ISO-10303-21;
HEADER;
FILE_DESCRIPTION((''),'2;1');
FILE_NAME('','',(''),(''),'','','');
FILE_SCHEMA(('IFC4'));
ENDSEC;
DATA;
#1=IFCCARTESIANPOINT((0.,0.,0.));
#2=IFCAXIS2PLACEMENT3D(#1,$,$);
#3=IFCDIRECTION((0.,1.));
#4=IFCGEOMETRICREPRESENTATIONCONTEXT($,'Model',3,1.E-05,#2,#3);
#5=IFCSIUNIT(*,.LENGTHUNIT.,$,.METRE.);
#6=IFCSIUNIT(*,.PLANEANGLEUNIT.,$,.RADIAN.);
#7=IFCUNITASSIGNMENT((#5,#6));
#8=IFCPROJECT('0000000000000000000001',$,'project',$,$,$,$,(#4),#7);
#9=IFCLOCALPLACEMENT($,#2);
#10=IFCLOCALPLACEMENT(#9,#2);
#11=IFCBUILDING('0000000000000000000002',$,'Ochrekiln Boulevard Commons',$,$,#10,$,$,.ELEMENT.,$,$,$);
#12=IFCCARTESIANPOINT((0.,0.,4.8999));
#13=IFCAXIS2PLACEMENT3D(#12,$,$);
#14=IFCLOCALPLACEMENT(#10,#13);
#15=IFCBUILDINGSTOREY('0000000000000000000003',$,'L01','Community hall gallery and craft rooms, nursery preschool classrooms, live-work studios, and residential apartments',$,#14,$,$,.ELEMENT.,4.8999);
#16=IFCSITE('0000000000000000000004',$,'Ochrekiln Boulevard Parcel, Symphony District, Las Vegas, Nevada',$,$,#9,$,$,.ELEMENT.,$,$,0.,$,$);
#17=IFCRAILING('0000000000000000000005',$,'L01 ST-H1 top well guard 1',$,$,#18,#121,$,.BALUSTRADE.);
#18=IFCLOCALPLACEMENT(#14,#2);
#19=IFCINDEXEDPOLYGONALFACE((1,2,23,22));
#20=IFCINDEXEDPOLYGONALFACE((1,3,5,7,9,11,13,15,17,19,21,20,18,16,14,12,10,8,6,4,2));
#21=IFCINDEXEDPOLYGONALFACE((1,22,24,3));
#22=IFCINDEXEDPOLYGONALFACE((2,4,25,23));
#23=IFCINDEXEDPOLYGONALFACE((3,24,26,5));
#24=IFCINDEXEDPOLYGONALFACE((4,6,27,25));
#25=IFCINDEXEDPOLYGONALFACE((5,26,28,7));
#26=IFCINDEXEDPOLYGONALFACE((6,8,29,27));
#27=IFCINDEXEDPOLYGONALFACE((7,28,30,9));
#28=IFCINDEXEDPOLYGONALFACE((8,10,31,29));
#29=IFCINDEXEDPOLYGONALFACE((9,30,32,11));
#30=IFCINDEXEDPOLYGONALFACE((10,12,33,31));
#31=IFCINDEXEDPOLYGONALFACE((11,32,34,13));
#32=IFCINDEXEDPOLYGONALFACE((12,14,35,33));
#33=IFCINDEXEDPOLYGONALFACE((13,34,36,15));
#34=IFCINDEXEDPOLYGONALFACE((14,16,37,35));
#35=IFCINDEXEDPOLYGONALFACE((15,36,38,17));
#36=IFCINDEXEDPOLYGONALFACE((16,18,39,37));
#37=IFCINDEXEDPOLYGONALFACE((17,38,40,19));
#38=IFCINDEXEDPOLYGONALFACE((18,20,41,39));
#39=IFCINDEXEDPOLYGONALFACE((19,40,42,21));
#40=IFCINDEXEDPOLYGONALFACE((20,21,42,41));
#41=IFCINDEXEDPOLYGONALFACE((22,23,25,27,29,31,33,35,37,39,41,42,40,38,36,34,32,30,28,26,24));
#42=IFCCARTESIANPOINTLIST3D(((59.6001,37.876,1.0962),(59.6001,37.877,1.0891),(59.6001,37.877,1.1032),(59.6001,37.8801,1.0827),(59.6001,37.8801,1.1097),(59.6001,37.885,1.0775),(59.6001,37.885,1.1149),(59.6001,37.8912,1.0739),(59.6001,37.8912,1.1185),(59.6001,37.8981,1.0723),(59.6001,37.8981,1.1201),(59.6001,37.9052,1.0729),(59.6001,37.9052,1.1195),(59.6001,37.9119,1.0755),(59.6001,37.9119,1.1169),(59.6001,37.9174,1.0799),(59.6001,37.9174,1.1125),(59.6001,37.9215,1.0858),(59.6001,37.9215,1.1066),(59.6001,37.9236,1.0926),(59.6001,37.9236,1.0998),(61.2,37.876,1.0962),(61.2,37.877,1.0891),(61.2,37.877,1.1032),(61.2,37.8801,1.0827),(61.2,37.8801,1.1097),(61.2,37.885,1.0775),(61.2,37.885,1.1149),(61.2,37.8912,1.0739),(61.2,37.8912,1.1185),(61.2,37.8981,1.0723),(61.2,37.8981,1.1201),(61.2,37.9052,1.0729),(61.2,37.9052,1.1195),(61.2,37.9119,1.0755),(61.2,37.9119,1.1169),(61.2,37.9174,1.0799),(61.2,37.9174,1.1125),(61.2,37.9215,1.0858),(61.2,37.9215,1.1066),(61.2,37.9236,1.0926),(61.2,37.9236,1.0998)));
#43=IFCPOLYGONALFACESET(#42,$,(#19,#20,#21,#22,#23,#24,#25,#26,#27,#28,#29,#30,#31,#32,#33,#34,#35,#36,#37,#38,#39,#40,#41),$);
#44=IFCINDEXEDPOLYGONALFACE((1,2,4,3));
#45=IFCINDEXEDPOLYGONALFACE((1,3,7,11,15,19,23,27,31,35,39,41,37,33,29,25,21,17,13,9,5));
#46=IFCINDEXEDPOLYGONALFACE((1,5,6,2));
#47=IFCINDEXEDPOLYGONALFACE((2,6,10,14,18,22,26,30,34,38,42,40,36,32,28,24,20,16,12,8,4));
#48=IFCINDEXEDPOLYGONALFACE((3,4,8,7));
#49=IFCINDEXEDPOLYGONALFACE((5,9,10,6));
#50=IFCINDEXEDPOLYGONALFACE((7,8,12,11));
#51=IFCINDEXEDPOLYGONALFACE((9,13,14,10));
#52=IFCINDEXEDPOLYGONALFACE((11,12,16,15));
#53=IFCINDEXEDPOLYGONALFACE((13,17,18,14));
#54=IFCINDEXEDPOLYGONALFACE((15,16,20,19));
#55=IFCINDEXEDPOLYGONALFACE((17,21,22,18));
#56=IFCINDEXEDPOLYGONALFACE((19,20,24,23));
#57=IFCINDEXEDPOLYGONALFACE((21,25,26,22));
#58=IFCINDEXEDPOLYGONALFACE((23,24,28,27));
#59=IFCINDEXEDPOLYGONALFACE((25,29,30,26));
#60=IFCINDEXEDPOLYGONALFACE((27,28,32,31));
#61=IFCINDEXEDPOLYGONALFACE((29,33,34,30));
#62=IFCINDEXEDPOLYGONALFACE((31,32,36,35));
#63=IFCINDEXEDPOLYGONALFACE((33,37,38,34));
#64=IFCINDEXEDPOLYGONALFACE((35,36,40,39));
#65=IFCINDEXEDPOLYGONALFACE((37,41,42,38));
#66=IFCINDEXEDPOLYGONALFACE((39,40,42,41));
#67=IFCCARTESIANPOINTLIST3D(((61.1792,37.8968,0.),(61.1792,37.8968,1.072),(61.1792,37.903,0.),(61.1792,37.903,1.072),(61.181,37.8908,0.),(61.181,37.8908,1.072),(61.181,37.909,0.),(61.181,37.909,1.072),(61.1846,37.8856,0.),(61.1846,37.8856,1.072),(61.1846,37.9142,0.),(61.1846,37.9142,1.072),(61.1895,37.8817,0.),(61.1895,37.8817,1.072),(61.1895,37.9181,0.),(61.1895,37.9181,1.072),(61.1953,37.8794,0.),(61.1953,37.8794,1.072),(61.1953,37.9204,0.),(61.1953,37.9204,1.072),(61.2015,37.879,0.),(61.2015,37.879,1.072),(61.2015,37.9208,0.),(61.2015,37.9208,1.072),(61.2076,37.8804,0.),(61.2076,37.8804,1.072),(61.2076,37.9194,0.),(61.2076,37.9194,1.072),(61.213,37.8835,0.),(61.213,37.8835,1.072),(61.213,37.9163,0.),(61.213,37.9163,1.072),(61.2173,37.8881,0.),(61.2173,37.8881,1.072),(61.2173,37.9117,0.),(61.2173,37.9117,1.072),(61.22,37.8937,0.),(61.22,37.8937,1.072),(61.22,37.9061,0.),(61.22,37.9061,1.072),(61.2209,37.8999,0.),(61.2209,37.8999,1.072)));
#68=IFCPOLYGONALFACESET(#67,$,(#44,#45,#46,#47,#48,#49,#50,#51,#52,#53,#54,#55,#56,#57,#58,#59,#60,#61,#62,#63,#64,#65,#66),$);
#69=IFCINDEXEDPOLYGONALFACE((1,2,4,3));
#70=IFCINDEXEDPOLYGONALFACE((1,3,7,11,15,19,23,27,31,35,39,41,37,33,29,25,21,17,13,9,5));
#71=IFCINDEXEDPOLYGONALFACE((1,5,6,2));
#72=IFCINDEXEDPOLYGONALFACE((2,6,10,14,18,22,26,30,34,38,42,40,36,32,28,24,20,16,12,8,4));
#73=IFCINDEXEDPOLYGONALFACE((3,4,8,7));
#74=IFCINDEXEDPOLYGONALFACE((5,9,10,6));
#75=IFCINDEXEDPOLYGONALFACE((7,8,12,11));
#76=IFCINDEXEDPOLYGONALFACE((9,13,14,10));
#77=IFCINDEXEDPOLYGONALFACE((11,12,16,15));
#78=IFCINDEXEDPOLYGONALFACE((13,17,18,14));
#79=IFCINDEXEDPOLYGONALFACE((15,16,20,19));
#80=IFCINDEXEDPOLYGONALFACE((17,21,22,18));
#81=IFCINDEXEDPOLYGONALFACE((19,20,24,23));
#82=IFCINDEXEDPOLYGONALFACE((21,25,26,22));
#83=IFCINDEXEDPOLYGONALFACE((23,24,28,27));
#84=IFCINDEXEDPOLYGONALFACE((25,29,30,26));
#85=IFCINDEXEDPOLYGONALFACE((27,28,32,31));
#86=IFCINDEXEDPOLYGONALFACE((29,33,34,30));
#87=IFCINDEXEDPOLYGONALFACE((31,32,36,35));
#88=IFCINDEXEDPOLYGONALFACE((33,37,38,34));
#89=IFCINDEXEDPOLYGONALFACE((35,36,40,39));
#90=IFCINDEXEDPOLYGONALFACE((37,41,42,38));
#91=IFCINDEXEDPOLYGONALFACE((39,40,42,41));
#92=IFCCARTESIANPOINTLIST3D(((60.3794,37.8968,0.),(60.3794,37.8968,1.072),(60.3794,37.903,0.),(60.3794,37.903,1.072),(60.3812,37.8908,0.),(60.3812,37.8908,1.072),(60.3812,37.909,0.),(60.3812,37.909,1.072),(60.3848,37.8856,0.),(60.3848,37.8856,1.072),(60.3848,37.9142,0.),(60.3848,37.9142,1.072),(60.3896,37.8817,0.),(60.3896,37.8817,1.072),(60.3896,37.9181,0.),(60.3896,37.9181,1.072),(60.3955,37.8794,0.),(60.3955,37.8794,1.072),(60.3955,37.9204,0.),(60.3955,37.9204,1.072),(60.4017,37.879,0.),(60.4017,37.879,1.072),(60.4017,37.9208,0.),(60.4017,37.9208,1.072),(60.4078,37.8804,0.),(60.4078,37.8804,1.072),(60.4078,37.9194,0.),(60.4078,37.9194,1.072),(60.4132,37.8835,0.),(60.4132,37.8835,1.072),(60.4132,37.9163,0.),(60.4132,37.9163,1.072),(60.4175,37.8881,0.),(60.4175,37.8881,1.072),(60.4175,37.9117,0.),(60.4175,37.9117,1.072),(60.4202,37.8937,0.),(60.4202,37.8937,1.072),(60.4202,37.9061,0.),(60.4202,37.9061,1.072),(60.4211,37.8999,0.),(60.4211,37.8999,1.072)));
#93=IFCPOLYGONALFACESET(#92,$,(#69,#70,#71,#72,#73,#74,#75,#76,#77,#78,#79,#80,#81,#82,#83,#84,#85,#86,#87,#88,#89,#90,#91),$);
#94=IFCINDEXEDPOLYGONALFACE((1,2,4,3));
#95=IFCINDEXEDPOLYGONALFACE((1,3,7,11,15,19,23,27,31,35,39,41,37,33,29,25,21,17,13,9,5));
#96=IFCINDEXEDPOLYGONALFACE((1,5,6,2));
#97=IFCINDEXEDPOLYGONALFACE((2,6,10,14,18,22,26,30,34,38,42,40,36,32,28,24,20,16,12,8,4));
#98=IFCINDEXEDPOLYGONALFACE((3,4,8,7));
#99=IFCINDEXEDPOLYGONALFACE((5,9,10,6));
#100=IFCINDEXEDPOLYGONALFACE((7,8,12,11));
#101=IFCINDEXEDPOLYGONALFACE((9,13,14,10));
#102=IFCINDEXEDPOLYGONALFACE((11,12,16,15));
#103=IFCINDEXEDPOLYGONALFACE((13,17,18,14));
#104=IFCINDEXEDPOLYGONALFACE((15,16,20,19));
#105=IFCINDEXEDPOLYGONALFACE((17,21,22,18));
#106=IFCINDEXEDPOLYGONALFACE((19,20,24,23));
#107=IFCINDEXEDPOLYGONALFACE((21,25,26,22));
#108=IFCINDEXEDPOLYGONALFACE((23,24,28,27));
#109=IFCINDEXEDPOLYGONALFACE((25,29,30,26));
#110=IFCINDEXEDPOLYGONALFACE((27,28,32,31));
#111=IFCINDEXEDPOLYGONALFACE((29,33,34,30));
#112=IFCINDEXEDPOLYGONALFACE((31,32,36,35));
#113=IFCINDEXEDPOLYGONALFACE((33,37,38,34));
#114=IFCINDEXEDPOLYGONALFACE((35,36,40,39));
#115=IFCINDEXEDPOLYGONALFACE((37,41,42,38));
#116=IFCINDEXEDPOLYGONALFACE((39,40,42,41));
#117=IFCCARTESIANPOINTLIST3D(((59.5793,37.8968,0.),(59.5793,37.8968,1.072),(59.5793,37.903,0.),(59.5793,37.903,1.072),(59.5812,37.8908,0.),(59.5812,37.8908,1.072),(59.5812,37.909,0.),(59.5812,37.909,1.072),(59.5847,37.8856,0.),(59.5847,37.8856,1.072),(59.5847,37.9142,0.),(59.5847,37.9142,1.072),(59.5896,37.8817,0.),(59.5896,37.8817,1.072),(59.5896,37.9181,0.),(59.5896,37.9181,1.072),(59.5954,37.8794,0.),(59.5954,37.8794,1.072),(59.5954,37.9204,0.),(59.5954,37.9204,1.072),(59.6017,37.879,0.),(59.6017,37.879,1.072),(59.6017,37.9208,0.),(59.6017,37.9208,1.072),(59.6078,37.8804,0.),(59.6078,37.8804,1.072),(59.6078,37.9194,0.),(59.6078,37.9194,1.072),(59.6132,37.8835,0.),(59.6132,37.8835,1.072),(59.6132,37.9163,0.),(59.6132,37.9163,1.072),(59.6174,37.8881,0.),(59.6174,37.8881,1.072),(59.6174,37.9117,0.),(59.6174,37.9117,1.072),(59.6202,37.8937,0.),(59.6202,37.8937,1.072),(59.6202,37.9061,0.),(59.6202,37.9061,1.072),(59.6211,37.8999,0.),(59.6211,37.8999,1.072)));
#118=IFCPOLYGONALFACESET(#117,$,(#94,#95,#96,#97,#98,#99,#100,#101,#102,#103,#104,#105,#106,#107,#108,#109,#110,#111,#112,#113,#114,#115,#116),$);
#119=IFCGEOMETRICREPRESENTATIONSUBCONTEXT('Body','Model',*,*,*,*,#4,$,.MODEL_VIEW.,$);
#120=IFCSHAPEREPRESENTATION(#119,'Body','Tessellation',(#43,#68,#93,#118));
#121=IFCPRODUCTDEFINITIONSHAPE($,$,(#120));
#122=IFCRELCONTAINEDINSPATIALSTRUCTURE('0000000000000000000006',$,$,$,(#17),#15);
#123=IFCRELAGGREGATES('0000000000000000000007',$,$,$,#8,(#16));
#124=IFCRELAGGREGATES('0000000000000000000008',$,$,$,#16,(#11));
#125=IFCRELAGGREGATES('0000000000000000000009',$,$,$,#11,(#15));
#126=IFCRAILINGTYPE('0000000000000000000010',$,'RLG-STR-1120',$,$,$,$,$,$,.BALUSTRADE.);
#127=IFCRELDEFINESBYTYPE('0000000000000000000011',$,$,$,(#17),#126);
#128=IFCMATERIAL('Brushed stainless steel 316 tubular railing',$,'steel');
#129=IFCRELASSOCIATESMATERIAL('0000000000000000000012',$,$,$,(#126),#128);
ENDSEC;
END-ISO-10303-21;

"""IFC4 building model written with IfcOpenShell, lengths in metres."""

from ifc_helpers import new_model, si_unit, direction, frame, origin, origin_2d, place, context, subcontext, project, spatial, circle, extrude, material, type_object, element, save


model = new_model("IFC4")

# Units and contexts
model_context = context("Model", 3, precision=1e-05, world=origin(), true_north=direction((0.0, 1.0)))
body_context = subcontext(model_context, "Body", "Model", "MODEL_VIEW")
ifc_project = project(units=[si_unit("LENGTHUNIT", "METRE"), si_unit("PLANEANGLEUNIT", "RADIAN")], contexts=[model_context])

# Site, building, storey
site_placement = place(None, origin())
site = spatial("IfcSite", under=ifc_project, at=site_placement, Name="Ochrekiln Boulevard Parcel, Symphony District, Las Vegas, Nevada", CompositionType="ELEMENT", RefElevation=0.0)
building_placement = place(site_placement, origin())
building = spatial("IfcBuilding", under=site, at=building_placement, Name="Ochrekiln Boulevard Commons", CompositionType="ELEMENT")
storey_placement = place(building_placement, frame((0.0, 0.0, 4.8999)))
storey = spatial("IfcBuildingStorey", under=building, at=storey_placement, Name="L01", Description="Community hall gallery and craft rooms, nursery preschool classrooms, live-work studios, and residential apartments", CompositionType="ELEMENT", Elevation=4.8999)

# Railing
ifc_material_1 = material(Name="Brushed stainless steel 316 tubular railing", Category="steel")
railing_type_1 = type_object("IfcRailingType", Name="RLG-STR-1120", PredefinedType="BALUSTRADE", material=ifc_material_1)
railing_1_placement = place(storey_placement, frame((61.2, 37.8999, 0.0)))
element("IfcRailing", 1, at=railing_1_placement, inside=storey, type_object=railing_type_1, Name="L01 ST-H1 top well guard 1", PredefinedType="BALUSTRADE", context=body_context, shape_type="SweptSolid", body=[
    extrude(circle(Radius=0.0239, at=origin_2d()), frame((0.0, 0.0, 1.0962), z_axis=(-1.0, 0.0, 0.0), x_axis=(0.0, -1.0, 0.0)), (0.0, 0.0, 1.0), 1.5999),
    extrude(circle(Radius=0.021, at=origin_2d()), origin(), (0.0, 0.0, 1.0), 1.072),
    extrude(circle(Radius=0.021, at=origin_2d()), frame((-0.7998, 0.0, 0.0)), (0.0, 0.0, 1.0), 1.072),
    extrude(circle(Radius=0.021, at=origin_2d()), frame((-1.5999, 0.0, 0.0)), (0.0, 0.0, 1.0), 1.072),
])

save(model, "model.ifc")
